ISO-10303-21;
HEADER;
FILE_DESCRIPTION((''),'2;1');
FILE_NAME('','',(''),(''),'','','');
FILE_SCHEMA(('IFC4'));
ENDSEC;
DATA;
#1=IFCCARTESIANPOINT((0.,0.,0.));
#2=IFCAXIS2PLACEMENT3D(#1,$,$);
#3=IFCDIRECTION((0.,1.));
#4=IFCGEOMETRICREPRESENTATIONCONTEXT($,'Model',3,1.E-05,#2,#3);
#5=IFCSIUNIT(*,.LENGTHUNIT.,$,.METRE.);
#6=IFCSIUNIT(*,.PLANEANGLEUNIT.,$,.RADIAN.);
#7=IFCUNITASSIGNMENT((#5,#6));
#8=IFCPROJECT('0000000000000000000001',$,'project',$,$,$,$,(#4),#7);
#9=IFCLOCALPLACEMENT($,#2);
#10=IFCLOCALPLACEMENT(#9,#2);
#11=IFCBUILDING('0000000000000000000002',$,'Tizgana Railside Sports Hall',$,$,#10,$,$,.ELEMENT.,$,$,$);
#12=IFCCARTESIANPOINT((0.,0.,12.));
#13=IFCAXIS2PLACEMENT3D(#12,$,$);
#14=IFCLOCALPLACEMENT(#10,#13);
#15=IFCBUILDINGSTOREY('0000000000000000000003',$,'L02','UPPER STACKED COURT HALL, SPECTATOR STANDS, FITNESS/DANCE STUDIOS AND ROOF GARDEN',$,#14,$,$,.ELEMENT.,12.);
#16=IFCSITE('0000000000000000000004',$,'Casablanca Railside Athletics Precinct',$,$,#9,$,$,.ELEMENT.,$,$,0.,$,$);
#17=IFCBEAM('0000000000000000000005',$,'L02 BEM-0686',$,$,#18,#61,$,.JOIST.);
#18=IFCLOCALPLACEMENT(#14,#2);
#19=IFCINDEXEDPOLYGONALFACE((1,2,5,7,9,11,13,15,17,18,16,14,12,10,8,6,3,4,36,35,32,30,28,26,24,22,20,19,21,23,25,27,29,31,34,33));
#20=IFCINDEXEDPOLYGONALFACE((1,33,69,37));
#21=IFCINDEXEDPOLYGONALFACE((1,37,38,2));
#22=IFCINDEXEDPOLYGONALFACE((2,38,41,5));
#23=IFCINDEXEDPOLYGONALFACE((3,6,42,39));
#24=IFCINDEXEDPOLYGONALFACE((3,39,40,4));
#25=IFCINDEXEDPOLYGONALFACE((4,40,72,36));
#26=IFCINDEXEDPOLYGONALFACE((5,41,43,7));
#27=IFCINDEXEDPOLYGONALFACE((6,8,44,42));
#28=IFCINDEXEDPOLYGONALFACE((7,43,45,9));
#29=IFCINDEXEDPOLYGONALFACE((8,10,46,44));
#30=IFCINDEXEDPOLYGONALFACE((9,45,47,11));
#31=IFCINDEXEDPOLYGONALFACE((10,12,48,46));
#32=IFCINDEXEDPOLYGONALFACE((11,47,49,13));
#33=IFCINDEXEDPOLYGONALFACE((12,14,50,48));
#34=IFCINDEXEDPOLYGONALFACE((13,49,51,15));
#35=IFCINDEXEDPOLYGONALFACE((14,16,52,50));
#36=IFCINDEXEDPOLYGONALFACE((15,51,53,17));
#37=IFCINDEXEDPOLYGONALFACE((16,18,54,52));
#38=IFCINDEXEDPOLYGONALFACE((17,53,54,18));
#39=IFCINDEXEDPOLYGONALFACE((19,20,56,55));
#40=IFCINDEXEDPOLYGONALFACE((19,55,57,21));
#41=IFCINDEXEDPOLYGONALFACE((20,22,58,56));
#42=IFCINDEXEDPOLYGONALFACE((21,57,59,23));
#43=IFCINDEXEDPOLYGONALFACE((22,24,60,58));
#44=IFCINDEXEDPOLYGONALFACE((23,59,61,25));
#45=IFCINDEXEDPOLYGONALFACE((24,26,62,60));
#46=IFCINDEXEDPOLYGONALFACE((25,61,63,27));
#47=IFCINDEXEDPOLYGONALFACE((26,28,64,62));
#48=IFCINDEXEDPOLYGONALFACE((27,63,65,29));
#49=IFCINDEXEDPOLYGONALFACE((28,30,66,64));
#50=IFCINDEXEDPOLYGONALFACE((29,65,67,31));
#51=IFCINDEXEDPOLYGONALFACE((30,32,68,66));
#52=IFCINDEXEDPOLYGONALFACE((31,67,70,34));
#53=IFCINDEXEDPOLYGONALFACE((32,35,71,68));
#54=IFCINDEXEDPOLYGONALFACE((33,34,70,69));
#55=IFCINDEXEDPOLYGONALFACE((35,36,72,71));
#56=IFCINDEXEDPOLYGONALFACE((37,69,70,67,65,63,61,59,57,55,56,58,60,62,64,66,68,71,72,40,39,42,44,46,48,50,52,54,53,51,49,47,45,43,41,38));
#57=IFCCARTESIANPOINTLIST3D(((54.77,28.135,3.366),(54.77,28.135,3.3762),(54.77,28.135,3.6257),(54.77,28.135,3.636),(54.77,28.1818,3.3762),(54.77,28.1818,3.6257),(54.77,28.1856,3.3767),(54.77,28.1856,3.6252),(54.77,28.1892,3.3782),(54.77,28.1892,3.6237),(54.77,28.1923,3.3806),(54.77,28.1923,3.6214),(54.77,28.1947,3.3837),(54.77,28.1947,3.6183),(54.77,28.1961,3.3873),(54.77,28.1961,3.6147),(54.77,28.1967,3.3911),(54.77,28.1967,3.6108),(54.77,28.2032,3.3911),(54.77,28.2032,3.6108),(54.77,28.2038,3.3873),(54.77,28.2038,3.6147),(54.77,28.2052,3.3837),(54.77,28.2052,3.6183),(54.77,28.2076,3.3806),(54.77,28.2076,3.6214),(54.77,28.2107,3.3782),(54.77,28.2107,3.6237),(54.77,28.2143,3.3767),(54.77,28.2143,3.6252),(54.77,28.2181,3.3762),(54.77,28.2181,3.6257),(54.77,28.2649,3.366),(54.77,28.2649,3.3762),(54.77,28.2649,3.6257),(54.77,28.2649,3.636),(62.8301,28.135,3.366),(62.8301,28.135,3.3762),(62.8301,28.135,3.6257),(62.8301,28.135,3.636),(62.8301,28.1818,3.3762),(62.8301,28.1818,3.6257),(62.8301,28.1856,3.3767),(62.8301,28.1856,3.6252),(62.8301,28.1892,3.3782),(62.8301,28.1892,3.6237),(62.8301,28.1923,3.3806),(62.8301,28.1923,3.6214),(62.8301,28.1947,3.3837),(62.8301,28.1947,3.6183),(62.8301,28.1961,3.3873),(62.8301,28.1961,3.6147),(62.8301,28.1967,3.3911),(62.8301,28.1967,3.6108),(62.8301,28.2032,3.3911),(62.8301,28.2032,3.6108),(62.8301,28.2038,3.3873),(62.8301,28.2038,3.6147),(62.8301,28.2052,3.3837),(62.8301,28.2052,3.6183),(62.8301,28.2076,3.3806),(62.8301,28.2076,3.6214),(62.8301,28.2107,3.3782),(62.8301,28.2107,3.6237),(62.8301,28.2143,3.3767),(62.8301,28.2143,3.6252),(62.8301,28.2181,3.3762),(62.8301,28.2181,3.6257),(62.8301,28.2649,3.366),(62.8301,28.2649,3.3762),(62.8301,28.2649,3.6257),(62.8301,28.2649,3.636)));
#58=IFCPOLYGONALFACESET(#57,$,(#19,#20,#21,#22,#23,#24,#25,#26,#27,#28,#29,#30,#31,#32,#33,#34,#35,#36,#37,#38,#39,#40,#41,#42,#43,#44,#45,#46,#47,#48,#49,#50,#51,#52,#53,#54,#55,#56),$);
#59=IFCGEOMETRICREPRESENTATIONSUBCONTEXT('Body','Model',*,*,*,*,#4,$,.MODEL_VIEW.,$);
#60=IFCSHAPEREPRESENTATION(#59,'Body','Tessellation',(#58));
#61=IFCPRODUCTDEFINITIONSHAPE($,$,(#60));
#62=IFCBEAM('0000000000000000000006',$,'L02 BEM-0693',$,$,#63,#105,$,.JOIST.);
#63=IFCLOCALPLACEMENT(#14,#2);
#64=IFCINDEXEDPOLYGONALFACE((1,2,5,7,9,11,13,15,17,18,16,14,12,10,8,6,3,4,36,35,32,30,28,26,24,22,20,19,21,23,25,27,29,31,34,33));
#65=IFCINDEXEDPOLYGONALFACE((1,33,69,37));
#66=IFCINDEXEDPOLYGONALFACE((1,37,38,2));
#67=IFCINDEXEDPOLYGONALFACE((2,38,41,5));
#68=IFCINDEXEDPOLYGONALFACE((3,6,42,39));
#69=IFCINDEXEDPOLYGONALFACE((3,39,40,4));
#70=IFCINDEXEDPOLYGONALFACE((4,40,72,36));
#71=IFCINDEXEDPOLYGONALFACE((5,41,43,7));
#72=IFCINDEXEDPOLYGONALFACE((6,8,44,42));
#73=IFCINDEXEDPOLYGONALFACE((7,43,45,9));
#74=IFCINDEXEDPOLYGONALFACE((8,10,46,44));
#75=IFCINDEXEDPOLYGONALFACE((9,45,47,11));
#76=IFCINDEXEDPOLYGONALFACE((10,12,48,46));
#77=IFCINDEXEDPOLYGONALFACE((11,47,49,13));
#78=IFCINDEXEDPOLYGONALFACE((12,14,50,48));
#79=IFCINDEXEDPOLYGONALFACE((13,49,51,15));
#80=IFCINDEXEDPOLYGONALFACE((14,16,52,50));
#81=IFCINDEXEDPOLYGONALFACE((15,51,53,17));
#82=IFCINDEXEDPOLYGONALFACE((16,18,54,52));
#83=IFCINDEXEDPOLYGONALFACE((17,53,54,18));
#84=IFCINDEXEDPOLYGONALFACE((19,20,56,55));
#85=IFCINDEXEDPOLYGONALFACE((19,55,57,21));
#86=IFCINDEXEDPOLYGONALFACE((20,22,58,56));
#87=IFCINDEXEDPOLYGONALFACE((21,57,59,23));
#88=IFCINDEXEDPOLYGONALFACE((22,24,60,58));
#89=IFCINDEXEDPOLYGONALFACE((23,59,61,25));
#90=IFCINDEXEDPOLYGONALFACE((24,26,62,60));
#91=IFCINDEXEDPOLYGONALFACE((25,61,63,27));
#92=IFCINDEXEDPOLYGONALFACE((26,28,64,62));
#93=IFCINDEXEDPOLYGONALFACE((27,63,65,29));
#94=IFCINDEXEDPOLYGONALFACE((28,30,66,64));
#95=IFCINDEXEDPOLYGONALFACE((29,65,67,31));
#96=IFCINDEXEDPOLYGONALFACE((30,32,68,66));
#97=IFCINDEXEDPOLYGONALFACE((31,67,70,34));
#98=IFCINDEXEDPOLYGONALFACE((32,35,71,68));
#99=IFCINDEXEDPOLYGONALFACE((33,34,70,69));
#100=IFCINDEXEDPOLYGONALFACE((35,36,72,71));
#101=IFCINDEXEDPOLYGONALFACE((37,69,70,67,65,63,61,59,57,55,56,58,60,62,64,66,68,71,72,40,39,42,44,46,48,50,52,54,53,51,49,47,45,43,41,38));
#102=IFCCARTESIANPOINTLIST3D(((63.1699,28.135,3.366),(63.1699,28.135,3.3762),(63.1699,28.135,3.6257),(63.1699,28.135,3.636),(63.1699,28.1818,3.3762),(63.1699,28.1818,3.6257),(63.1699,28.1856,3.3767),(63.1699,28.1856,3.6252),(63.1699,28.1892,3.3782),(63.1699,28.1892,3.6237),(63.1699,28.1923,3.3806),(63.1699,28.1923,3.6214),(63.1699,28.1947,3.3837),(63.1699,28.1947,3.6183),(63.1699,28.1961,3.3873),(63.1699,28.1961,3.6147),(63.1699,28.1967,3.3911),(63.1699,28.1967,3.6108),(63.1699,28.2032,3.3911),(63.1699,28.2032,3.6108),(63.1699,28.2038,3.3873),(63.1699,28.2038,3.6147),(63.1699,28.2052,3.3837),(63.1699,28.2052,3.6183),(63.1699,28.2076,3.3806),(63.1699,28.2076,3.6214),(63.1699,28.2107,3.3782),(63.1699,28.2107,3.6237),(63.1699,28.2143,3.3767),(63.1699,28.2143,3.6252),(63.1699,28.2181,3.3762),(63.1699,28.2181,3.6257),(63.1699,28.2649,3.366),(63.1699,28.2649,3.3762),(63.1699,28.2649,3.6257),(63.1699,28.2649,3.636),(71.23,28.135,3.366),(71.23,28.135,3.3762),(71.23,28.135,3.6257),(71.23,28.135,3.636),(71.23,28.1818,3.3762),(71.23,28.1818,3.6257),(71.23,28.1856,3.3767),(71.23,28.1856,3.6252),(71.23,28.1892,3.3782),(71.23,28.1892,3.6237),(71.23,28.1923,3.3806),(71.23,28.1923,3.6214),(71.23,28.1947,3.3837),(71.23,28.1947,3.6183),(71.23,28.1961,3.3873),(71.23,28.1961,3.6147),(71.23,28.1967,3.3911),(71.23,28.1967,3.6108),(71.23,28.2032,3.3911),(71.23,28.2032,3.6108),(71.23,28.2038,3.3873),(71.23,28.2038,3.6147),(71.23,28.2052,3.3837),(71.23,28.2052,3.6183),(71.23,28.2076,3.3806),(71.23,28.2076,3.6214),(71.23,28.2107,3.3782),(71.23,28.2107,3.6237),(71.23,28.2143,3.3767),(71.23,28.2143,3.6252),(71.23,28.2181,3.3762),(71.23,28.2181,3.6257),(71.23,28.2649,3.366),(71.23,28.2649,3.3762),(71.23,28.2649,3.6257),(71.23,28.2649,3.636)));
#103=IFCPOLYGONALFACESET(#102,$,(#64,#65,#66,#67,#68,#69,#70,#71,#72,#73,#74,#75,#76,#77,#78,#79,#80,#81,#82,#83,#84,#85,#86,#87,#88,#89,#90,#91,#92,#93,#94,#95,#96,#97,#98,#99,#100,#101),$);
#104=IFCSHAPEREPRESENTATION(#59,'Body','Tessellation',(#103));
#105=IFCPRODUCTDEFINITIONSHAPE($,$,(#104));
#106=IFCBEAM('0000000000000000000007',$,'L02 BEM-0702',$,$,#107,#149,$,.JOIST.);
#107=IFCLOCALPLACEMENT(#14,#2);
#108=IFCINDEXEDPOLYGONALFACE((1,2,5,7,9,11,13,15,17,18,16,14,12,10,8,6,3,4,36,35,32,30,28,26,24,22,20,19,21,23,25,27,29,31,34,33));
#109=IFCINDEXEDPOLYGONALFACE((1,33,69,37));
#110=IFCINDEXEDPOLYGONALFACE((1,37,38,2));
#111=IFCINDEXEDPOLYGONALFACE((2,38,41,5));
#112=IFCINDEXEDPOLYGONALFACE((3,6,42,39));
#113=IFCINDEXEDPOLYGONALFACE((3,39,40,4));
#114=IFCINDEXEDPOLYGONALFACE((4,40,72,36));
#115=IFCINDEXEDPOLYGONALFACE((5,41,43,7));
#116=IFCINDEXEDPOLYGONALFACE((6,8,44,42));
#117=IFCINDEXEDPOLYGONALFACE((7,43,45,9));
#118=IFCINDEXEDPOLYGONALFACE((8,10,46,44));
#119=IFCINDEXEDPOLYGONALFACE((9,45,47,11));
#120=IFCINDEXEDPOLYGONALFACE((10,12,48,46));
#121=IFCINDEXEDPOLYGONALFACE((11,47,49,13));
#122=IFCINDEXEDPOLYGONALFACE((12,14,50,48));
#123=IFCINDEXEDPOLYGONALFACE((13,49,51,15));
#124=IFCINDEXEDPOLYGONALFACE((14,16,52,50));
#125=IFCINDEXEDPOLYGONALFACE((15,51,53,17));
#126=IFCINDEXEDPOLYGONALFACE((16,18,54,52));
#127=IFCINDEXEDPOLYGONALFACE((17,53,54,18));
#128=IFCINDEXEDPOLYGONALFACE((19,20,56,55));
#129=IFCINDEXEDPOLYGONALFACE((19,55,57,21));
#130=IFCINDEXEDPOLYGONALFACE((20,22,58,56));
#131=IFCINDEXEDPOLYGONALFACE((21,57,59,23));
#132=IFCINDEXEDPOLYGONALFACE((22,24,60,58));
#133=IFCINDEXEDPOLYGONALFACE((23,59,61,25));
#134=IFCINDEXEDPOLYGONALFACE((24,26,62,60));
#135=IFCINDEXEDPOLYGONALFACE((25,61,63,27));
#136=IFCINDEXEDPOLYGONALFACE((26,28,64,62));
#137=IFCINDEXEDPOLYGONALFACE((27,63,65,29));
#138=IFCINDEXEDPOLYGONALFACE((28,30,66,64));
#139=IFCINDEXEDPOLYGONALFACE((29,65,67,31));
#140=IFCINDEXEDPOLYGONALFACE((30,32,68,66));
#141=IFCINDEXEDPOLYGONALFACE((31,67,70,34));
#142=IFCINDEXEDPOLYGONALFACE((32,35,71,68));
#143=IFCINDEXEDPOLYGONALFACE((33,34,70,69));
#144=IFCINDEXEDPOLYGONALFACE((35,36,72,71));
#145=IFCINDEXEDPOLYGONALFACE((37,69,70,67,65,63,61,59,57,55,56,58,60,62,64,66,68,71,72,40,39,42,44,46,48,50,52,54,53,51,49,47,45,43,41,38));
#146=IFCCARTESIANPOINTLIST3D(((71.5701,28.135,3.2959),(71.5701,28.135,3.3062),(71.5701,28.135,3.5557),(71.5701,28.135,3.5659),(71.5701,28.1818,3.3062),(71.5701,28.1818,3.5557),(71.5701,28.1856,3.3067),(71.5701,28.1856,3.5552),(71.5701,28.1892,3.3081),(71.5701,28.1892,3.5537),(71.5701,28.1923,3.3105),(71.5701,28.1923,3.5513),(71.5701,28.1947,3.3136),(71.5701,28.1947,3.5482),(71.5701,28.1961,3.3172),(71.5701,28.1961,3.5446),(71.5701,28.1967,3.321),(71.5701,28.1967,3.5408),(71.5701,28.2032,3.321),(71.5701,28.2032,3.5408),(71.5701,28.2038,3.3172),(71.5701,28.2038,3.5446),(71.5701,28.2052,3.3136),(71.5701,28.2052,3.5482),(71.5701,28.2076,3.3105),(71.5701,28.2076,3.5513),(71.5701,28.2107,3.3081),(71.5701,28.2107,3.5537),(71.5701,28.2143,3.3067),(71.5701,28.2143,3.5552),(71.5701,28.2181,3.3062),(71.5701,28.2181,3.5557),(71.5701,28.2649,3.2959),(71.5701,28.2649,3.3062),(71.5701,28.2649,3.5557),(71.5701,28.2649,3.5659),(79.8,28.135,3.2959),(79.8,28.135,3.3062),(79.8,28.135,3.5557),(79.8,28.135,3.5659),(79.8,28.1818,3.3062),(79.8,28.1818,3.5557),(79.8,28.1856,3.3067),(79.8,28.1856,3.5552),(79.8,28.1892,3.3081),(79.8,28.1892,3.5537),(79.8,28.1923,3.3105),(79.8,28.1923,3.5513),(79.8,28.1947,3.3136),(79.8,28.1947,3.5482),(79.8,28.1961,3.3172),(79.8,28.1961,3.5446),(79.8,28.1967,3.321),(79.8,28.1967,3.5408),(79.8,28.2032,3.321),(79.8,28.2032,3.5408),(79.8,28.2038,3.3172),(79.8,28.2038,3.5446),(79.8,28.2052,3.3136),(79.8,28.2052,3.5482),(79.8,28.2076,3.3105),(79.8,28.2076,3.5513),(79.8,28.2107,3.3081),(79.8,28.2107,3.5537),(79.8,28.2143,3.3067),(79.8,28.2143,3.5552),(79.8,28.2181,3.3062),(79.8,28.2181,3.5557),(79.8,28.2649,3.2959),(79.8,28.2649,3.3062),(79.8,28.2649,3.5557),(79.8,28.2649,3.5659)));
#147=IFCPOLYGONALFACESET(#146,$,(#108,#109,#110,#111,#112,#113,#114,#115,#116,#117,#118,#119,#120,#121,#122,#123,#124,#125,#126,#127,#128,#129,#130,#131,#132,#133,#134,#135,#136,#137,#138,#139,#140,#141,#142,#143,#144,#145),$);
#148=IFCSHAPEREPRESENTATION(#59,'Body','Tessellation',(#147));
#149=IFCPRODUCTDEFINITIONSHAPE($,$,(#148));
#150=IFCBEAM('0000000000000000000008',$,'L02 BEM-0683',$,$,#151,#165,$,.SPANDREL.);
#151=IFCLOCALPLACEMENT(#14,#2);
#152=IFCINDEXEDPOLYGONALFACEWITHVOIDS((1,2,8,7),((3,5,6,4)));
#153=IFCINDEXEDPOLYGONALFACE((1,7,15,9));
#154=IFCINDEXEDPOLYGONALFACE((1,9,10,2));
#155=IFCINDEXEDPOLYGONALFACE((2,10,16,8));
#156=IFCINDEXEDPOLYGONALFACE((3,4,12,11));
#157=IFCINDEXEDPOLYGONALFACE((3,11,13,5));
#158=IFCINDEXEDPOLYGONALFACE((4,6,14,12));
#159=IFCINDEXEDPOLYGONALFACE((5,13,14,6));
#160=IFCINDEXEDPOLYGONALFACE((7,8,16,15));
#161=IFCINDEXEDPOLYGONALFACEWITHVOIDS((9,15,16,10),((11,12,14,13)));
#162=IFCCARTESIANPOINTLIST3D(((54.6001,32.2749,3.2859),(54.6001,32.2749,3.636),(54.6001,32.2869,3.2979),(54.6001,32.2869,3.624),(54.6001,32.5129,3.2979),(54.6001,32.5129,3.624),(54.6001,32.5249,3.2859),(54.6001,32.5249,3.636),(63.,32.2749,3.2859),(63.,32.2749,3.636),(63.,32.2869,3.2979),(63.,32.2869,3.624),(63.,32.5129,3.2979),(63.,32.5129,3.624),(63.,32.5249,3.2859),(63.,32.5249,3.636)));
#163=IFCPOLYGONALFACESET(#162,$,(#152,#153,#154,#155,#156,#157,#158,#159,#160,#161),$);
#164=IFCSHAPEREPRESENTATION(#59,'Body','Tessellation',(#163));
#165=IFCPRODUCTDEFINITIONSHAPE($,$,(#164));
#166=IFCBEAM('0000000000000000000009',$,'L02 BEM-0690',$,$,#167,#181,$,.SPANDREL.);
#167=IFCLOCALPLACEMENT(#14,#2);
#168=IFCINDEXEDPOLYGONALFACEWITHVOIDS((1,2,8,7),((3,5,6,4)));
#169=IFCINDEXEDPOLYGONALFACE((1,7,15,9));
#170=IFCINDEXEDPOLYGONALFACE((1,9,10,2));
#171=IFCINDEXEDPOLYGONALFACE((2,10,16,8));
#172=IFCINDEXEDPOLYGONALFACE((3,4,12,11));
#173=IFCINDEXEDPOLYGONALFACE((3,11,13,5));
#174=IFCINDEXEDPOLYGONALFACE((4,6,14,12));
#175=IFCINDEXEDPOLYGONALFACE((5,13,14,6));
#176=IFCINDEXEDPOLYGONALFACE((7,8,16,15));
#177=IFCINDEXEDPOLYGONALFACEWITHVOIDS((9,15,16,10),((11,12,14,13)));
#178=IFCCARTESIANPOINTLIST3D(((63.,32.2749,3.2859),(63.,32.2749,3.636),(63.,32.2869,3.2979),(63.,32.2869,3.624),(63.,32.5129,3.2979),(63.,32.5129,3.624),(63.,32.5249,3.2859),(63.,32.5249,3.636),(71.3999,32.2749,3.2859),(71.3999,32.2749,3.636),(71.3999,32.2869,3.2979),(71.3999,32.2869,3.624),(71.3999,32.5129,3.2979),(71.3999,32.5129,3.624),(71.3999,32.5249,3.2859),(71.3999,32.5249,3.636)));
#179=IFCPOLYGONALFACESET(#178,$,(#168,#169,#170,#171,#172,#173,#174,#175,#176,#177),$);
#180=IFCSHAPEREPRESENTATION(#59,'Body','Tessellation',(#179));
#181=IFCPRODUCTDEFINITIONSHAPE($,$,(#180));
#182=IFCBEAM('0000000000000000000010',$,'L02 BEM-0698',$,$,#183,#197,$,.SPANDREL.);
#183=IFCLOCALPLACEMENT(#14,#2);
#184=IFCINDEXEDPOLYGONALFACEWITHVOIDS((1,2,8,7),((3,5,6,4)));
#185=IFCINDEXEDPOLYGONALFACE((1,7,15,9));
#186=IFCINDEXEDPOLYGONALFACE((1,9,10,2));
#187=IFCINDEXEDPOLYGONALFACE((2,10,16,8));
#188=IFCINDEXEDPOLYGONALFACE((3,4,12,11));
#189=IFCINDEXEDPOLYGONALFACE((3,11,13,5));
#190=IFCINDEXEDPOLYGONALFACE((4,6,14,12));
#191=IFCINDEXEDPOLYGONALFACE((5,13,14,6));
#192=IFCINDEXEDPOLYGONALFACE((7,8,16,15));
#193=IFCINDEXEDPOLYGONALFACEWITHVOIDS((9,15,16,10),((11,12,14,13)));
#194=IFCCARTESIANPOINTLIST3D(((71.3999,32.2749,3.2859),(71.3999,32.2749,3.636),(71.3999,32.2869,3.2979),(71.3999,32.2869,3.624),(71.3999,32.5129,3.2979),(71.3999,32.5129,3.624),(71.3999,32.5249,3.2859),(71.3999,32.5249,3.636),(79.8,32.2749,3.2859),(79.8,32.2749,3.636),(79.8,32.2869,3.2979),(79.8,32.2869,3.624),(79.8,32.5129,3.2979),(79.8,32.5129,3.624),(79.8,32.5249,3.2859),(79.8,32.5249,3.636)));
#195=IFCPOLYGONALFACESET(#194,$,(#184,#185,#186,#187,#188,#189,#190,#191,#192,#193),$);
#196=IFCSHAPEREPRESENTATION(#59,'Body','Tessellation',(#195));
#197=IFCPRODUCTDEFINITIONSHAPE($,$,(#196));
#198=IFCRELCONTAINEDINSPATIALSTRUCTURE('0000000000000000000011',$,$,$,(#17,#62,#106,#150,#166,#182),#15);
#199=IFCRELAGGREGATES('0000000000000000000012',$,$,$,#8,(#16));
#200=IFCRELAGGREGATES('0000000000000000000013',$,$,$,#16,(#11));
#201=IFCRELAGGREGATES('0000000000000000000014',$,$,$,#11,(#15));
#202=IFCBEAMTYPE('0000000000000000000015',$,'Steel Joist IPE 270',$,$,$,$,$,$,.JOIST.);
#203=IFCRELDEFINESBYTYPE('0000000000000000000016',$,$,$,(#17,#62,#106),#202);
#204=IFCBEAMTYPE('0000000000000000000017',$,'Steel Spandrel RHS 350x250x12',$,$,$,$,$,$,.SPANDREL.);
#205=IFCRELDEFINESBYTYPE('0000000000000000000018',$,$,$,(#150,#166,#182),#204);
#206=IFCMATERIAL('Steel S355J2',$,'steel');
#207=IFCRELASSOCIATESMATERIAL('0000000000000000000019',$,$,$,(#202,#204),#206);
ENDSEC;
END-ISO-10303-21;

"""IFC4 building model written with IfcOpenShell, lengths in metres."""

from ifc_helpers import new_model, si_unit, direction, frame, origin, origin_2d, place, context, subcontext, project, spatial, hollow_rectangle, i_section, extrude, material, material_profile, profile_set, type_object, element, save


model = new_model("IFC4")

# Units and contexts
model_context = context("Model", 3, precision=1e-05, world=origin(), true_north=direction((0.0, 1.0)))
body_context = subcontext(model_context, "Body", "Model", "MODEL_VIEW")
ifc_project = project(units=[si_unit("LENGTHUNIT", "METRE"), si_unit("PLANEANGLEUNIT", "RADIAN")], contexts=[model_context])

# Site, building, storey
site_placement = place(None, origin())
site = spatial("IfcSite", under=ifc_project, at=site_placement, Name="Casablanca Railside Athletics Precinct", CompositionType="ELEMENT", RefElevation=0.0)
building_placement = place(site_placement, origin())
building = spatial("IfcBuilding", under=site, at=building_placement, Name="Tizgana Railside Sports Hall", CompositionType="ELEMENT")
storey_placement = place(building_placement, frame((0.0, 0.0, 12.0)))
storey = spatial("IfcBuildingStorey", under=building, at=storey_placement, Name="L02", Description="UPPER STACKED COURT HALL, SPECTATOR STANDS, FITNESS/DANCE STUDIOS AND ROOF GARDEN", CompositionType="ELEMENT", Elevation=12.0)

# Shared definitions
ifc_material_1 = material(Name="Steel S355J2", Category="steel")

# Beams
ifc_material_profile_1 = material_profile(ifc_material_1, i_section(OverallWidth=0.1299, OverallDepth=0.27, WebThickness=0.0066, FlangeThickness=0.0103, FilletRadius=0.0149, at=origin_2d()), Name="IPE 270")
ifc_profile_set_1 = profile_set([ifc_material_profile_1], Name="Steel S355J2")
beam_type_1 = type_object("IfcBeamType", Name="Steel Joist IPE 270", PredefinedType="JOIST", material=ifc_profile_set_1)
for number, where, z_axis, x_axis, name in (
    (1, (54.77, 28.2, 3.501), (1.0, 0.0, 0.0), (0.0, 1.0, 0.0), "L02 BEM-0686"),
    (2, (63.1699, 28.2, 3.501), (1.0, 0.0, 0.0), (0.0, 1.0, 0.0), "L02 BEM-0693"),
):
    element("IfcBeam", number, at=place(storey_placement, frame(where, z_axis=z_axis, x_axis=x_axis)), inside=storey, type_object=beam_type_1, Name=name, PredefinedType="JOIST", context=body_context, shape_type="SweptSolid", body=[
        extrude(i_section(OverallWidth=0.1299, OverallDepth=0.27, WebThickness=0.0066, FlangeThickness=0.0103, FilletRadius=0.0149, at=origin_2d()), origin(), (0.0, 0.0, 1.0), 8.0601),
    ])
beam_1_placement = place(storey_placement, frame((71.5701, 28.2, 3.4309), z_axis=(1.0, 0.0, 0.0), x_axis=(0.0, 1.0, 0.0)))
element("IfcBeam", 3, at=beam_1_placement, inside=storey, type_object=beam_type_1, Name="L02 BEM-0702", PredefinedType="JOIST", context=body_context, shape_type="SweptSolid", body=[
    extrude(i_section(OverallWidth=0.1299, OverallDepth=0.27, WebThickness=0.0066, FlangeThickness=0.0103, FilletRadius=0.0149, at=origin_2d()), origin(), (0.0, 0.0, 1.0), 8.23),
])
ifc_material_profile_2 = material_profile(ifc_material_1, hollow_rectangle(XDim=0.25, YDim=0.3501, WallThickness=0.012, at=origin_2d()), Name="RHS 350x250x12")
ifc_profile_set_2 = profile_set([ifc_material_profile_2], Name="Steel S355J2")
beam_type_2 = type_object("IfcBeamType", Name="Steel Spandrel RHS 350x250x12", PredefinedType="SPANDREL", material=ifc_profile_set_2)
for number, where, z_axis, x_axis, name in (
    (4, (54.6001, 32.3999, 3.4609), (1.0, 0.0, 0.0), (0.0, 1.0, 0.0), "L02 BEM-0683"),
    (5, (63.0, 32.3999, 3.4609), (1.0, 0.0, 0.0), (0.0, 1.0, 0.0), "L02 BEM-0690"),
):
    element("IfcBeam", number, at=place(storey_placement, frame(where, z_axis=z_axis, x_axis=x_axis)), inside=storey, type_object=beam_type_2, Name=name, PredefinedType="SPANDREL", context=body_context, shape_type="SweptSolid", body=[
        extrude(hollow_rectangle(XDim=0.25, YDim=0.3501, WallThickness=0.012, at=origin_2d()), origin(), (0.0, 0.0, 1.0), 8.3999),
    ])
beam_2_placement = place(storey_placement, frame((71.3999, 32.3999, 3.4609), z_axis=(1.0, 0.0, 0.0), x_axis=(0.0, 1.0, 0.0)))
element("IfcBeam", 6, at=beam_2_placement, inside=storey, type_object=beam_type_2, Name="L02 BEM-0698", PredefinedType="SPANDREL", context=body_context, shape_type="SweptSolid", body=[
    extrude(hollow_rectangle(XDim=0.25, YDim=0.3501, WallThickness=0.012, at=origin_2d()), origin(), (0.0, 0.0, 1.0), 8.4001),
])

save(model, "model.ifc")
